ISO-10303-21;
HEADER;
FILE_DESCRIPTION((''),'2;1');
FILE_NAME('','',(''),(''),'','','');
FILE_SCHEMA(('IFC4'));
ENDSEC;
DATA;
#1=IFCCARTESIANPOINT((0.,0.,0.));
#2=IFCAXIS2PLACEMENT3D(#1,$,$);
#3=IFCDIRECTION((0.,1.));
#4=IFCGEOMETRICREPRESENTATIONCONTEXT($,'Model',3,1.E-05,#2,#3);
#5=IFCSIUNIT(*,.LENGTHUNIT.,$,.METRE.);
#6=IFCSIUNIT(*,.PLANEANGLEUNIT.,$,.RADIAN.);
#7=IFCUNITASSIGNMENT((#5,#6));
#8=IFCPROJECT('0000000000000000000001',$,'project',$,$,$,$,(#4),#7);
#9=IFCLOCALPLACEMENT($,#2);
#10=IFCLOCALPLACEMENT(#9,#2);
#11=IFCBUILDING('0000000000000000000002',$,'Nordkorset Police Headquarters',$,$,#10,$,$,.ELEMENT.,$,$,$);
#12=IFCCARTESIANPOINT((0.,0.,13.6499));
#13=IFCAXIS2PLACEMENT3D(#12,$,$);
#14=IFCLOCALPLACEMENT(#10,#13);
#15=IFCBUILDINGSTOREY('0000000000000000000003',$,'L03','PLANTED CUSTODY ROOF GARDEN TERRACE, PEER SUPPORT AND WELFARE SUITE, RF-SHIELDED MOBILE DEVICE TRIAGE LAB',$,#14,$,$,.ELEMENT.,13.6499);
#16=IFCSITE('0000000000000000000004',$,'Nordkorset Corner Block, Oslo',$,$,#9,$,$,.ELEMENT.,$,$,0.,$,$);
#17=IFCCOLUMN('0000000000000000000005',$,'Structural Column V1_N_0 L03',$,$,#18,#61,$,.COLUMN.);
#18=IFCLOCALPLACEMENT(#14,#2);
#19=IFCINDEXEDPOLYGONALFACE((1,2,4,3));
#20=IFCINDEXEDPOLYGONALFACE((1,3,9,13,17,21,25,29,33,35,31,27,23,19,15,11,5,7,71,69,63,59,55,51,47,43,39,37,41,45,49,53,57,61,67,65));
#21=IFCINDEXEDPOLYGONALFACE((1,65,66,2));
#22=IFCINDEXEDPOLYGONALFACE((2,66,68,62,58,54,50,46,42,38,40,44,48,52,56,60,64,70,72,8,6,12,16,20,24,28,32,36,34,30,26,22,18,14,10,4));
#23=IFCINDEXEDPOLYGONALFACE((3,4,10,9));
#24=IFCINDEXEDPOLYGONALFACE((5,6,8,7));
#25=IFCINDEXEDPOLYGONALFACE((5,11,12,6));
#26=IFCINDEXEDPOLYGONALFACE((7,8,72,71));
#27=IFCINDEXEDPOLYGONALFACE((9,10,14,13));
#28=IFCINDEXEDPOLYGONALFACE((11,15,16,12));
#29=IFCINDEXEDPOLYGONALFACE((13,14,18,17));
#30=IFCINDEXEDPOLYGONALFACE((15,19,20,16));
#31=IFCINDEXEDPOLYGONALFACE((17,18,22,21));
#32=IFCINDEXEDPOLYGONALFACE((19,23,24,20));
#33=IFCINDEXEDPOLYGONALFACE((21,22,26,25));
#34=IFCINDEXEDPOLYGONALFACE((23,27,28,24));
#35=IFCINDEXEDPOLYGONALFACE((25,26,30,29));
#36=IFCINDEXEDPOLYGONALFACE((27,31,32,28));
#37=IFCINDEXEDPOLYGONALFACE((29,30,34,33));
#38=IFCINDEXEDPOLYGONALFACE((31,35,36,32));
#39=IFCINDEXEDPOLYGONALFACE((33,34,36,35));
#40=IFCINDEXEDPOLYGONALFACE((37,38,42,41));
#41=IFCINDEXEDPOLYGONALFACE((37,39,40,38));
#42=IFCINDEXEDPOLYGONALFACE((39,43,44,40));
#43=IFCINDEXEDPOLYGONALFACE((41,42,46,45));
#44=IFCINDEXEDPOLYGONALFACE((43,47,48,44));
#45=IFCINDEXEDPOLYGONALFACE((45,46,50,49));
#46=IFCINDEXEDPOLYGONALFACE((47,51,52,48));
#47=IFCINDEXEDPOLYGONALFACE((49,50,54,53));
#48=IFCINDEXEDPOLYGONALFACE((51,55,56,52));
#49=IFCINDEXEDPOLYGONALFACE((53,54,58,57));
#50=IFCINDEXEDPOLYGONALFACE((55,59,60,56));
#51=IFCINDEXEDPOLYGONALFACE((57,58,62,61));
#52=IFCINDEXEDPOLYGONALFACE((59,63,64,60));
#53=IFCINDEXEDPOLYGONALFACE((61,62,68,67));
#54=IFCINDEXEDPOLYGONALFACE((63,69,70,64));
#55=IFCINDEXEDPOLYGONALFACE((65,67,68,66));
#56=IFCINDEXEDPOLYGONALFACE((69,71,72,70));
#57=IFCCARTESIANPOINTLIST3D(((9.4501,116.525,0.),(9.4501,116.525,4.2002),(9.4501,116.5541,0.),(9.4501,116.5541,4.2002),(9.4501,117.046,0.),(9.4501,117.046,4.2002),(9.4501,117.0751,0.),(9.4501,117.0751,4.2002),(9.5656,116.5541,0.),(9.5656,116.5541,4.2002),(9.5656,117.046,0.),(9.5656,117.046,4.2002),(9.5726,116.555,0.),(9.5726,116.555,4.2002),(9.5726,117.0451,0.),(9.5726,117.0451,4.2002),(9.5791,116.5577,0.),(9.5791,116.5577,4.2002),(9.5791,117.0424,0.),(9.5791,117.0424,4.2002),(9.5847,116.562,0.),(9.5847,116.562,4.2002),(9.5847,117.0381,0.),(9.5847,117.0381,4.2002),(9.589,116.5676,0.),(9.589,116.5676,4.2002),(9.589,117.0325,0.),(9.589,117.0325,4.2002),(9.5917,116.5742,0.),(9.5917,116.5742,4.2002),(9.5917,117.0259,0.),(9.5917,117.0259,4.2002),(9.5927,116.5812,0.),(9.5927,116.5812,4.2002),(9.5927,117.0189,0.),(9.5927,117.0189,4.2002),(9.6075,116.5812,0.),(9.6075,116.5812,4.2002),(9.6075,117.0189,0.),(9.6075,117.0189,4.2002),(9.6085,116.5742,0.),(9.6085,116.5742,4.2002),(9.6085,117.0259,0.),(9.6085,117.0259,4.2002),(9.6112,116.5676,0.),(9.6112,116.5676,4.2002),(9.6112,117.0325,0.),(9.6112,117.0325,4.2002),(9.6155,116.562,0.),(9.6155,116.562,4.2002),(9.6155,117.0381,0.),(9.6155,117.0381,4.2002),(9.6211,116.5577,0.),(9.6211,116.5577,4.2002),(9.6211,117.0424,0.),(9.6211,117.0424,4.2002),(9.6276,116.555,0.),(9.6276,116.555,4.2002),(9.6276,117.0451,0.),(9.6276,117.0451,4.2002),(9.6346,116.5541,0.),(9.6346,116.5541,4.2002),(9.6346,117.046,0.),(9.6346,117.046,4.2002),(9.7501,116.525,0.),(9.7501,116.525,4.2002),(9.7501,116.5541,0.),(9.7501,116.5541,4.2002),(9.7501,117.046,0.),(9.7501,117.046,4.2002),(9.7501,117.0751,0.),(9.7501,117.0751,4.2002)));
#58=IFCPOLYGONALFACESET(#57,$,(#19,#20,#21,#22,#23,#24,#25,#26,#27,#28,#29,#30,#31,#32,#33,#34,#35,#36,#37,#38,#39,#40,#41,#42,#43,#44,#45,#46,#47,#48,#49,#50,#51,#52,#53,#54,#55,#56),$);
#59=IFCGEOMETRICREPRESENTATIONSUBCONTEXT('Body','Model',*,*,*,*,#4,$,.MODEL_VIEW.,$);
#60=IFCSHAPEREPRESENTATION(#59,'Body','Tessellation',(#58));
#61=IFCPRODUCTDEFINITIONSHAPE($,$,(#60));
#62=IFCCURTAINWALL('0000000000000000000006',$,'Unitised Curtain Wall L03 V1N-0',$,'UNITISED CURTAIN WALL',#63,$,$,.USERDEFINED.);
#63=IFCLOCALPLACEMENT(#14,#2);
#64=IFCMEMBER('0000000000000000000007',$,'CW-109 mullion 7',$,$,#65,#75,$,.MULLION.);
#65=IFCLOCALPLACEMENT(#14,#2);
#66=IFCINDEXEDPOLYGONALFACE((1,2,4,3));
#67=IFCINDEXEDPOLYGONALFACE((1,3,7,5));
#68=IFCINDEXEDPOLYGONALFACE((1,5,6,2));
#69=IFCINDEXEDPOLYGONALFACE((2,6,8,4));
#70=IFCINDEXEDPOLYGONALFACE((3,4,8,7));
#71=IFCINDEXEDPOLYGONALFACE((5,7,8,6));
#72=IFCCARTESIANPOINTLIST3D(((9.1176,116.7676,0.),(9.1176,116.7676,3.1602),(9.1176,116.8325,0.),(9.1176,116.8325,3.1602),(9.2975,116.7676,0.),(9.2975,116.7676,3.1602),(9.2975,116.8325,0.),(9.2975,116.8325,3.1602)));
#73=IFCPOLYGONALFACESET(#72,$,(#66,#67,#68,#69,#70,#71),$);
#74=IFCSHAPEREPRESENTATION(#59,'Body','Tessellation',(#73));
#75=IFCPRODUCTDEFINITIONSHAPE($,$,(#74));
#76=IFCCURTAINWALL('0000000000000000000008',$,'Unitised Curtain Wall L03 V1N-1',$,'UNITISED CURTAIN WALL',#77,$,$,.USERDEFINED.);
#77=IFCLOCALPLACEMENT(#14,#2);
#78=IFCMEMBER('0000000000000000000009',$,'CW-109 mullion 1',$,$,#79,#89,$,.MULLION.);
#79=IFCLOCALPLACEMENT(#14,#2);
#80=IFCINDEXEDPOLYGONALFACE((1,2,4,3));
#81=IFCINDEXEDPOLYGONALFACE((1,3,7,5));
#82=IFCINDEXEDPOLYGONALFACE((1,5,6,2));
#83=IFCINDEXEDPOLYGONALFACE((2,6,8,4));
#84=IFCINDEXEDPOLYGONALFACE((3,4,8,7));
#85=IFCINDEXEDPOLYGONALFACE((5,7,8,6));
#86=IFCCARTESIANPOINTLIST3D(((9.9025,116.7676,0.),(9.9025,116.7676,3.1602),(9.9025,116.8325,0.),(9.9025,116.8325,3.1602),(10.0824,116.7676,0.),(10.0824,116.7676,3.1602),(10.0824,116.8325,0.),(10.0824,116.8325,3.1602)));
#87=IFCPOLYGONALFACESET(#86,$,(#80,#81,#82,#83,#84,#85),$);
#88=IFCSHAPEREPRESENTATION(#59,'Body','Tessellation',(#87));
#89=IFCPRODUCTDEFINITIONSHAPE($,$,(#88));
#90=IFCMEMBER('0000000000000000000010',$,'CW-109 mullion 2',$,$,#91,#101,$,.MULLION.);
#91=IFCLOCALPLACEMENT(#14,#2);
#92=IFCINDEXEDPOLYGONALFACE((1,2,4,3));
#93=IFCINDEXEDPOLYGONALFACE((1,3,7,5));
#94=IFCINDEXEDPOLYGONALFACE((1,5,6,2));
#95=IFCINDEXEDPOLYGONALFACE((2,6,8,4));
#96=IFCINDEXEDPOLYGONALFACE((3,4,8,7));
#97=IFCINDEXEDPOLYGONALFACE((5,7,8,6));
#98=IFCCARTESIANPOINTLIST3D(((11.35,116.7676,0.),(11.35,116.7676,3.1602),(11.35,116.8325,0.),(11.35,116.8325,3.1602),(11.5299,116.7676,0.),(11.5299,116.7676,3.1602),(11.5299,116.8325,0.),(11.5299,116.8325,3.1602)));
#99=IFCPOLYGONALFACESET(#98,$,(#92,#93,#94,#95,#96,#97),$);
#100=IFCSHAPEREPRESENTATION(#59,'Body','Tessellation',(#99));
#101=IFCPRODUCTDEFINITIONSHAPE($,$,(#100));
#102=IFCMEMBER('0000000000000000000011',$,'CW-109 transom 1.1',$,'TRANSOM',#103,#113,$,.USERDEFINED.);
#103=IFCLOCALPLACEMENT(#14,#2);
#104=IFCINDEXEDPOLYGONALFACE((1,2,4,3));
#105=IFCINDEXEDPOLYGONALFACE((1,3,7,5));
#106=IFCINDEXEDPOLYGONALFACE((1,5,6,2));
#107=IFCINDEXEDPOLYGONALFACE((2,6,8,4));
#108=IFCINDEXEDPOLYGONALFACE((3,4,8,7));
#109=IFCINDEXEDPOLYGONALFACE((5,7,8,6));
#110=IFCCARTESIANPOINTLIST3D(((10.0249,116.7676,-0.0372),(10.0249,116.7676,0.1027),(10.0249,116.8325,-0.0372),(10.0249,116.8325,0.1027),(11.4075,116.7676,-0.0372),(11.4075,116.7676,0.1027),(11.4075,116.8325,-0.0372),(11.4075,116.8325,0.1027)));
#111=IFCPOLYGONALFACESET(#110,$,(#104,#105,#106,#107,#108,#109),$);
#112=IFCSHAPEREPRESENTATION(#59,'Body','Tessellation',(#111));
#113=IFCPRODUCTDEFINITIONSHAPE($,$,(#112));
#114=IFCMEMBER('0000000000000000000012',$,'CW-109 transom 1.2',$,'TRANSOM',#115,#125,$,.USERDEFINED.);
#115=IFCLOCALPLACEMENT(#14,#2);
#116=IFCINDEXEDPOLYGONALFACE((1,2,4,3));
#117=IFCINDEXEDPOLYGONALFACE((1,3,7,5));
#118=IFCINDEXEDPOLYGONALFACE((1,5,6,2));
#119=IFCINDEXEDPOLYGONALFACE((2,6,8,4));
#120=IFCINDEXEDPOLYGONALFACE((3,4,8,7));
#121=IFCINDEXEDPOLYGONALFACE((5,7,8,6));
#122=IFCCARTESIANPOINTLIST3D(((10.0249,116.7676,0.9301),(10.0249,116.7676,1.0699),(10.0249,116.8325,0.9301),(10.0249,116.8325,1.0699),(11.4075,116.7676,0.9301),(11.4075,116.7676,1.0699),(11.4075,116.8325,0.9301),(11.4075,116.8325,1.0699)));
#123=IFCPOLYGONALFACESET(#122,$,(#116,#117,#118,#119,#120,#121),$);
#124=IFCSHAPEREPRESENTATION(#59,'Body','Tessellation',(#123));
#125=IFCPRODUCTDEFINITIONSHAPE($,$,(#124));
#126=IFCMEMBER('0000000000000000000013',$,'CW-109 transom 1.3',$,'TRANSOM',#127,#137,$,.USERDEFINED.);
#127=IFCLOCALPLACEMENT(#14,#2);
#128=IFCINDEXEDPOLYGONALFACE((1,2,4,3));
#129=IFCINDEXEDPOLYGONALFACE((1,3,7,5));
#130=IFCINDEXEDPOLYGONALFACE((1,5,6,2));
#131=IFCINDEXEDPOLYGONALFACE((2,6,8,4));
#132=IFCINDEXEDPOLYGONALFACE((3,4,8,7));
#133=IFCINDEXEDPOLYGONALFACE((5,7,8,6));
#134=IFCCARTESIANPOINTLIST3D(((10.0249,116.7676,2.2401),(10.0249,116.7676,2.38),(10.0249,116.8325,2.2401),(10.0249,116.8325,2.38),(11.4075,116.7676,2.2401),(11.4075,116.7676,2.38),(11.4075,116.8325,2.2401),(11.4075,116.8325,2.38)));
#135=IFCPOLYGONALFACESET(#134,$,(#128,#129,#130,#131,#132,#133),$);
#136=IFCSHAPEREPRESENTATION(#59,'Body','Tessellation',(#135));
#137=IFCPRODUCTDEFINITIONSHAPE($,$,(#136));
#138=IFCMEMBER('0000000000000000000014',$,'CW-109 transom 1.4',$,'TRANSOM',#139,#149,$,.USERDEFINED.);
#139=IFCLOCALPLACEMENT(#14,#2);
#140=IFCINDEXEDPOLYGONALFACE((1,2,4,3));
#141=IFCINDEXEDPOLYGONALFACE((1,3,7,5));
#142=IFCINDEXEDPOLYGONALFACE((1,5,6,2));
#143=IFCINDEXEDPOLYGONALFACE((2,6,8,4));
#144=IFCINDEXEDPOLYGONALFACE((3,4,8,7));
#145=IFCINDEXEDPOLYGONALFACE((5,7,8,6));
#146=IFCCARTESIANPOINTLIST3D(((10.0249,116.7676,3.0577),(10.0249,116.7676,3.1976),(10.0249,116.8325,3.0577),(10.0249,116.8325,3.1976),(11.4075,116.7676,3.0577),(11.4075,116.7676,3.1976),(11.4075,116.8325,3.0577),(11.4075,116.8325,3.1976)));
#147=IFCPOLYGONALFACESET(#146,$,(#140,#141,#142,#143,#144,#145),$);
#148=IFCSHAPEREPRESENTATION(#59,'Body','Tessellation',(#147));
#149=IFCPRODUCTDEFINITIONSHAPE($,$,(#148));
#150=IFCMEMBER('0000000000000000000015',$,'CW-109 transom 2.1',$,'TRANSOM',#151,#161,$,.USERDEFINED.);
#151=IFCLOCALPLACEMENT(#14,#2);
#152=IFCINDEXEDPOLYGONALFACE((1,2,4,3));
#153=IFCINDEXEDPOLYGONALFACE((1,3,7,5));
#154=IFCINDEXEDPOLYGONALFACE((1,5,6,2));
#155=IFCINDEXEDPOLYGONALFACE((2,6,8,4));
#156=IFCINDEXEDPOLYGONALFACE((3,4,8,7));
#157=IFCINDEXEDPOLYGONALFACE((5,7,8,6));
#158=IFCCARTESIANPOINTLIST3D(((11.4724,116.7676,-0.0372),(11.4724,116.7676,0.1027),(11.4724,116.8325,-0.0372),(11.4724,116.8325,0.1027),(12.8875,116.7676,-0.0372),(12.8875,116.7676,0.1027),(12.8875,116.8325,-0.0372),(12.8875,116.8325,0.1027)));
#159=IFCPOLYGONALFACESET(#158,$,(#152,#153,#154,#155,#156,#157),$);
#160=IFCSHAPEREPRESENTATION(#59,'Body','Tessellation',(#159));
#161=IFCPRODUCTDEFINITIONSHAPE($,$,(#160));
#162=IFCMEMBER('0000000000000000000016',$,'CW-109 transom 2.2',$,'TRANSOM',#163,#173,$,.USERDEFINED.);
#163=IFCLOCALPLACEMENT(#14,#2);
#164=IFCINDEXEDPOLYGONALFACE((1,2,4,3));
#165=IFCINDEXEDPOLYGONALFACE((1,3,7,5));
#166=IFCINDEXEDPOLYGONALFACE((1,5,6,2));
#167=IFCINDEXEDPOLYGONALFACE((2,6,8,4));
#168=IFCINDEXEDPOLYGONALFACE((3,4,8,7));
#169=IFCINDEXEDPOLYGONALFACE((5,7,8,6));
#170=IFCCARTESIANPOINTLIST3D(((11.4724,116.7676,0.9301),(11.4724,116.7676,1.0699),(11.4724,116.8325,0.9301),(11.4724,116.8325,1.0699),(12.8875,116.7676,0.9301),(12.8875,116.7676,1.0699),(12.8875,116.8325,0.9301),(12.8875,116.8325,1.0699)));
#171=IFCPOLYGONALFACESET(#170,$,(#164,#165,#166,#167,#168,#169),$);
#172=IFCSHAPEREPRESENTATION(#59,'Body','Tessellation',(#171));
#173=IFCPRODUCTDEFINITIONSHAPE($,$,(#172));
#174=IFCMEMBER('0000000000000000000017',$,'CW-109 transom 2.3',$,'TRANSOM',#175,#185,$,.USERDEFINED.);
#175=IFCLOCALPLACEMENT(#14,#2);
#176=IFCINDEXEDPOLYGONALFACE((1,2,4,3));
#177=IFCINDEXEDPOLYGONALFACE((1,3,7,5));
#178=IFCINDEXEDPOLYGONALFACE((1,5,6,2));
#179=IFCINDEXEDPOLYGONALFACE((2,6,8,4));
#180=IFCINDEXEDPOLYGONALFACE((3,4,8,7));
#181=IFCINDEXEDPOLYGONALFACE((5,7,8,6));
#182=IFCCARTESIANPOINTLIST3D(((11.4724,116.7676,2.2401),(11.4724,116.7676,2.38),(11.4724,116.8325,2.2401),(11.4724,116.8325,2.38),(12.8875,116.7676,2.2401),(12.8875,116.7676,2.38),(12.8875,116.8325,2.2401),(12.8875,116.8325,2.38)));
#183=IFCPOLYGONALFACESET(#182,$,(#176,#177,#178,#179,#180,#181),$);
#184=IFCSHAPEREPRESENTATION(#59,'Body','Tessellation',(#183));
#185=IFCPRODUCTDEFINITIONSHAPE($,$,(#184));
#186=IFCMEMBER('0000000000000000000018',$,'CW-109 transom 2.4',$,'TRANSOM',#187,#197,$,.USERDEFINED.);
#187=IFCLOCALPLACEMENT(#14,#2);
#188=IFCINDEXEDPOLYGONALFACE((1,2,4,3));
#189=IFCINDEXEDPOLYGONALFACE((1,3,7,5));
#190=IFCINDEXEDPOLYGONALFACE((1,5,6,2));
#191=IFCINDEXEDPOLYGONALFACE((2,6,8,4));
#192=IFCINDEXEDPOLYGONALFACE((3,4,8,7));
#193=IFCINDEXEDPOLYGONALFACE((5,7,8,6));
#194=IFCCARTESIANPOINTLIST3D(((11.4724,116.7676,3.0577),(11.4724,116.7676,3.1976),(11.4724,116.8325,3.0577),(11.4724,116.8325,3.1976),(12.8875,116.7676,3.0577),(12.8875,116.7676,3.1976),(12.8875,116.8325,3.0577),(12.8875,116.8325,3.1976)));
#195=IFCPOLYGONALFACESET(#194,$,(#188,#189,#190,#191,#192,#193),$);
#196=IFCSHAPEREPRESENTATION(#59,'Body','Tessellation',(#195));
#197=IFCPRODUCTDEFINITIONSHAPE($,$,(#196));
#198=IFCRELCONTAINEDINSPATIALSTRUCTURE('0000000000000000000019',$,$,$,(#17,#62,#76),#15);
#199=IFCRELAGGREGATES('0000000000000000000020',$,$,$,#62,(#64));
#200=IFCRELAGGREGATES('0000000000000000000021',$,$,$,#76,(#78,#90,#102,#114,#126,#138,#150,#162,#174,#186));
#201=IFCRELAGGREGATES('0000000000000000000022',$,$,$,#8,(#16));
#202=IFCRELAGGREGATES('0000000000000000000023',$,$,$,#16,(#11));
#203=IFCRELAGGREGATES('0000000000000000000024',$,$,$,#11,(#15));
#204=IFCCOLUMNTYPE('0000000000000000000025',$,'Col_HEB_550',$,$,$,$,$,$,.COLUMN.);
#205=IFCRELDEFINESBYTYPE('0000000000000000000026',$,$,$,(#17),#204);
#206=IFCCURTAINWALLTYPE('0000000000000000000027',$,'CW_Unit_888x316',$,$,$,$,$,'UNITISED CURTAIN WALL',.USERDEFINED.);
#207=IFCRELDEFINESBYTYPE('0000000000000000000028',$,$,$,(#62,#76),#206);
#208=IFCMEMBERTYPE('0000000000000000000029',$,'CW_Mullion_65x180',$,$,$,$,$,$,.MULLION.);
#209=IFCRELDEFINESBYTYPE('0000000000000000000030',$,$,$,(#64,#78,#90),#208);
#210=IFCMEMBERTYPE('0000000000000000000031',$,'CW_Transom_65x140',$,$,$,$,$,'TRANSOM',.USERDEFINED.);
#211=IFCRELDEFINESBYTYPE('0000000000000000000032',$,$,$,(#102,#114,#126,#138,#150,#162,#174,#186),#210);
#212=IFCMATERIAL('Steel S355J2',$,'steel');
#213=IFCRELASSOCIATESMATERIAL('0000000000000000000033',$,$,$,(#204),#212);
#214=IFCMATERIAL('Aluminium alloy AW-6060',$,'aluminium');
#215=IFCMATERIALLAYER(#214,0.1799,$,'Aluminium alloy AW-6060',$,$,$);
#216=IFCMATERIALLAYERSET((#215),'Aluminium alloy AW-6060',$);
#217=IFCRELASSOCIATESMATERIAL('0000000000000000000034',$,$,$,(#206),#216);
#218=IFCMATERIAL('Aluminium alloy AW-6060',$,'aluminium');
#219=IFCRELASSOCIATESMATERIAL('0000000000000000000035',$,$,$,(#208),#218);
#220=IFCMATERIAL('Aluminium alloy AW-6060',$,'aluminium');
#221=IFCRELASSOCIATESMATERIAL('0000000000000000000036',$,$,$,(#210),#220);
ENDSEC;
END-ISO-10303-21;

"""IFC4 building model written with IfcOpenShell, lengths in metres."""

from ifc_helpers import new_model, si_unit, direction, frame, origin, origin_2d, place, context, subcontext, project, spatial, rectangle, i_section, extrude, material, layer, layer_set, material_profile, profile_set, type_object, element, aggregate, save


model = new_model("IFC4")

# Units and contexts
model_context = context("Model", 3, precision=1e-05, world=origin(), true_north=direction((0.0, 1.0)))
body_context = subcontext(model_context, "Body", "Model", "MODEL_VIEW")
ifc_project = project(units=[si_unit("LENGTHUNIT", "METRE"), si_unit("PLANEANGLEUNIT", "RADIAN")], contexts=[model_context])

# Site, building, storey
site_placement = place(None, origin())
site = spatial("IfcSite", under=ifc_project, at=site_placement, Name="Nordkorset Corner Block, Oslo", CompositionType="ELEMENT", RefElevation=0.0)
building_placement = place(site_placement, origin())
building = spatial("IfcBuilding", under=site, at=building_placement, Name="Nordkorset Police Headquarters", CompositionType="ELEMENT")
storey_placement = place(building_placement, frame((0.0, 0.0, 13.6499)))
storey = spatial("IfcBuildingStorey", under=building, at=storey_placement, Name="L03", Description="PLANTED CUSTODY ROOF GARDEN TERRACE, PEER SUPPORT AND WELFARE SUITE, RF-SHIELDED MOBILE DEVICE TRIAGE LAB", CompositionType="ELEMENT", Elevation=13.6499)

# Column
ifc_material_1 = material(Name="Steel S355J2", Category="steel")
ifc_material_profile_1 = material_profile(ifc_material_1, i_section(OverallWidth=0.3, OverallDepth=0.55, WebThickness=0.0149, FlangeThickness=0.0291, FilletRadius=0.0271, at=origin_2d()), Name="HEB 550")
ifc_profile_set_1 = profile_set([ifc_material_profile_1], Name="Steel S355J2")
column_type = type_object("IfcColumnType", Name="Col_HEB_550", PredefinedType="COLUMN", material=ifc_profile_set_1)
column_placement = place(storey_placement, frame((9.6001, 116.8, 0.0), z_axis=(0.0, 0.0, 1.0), x_axis=(1.0, 0.0, 0.0)))
element("IfcColumn", 1, at=column_placement, inside=storey, type_object=column_type, Name="Structural Column V1_N_0 L03", PredefinedType="COLUMN", context=body_context, shape_type="SweptSolid", body=[
    extrude(i_section(OverallWidth=0.3, OverallDepth=0.55, WebThickness=0.0149, FlangeThickness=0.0291, FilletRadius=0.0271, at=origin_2d()), origin(), (0.0, 0.0, 1.0), 4.2002),
])

# Curtain wall, member
ifc_material_2 = material(Name="Aluminium alloy AW-6060", Category="aluminium")
ifc_layer_1 = layer(ifc_material_2, 0.1799, Name="Aluminium alloy AW-6060")
ifc_layer_set_1 = layer_set([ifc_layer_1], Name="Aluminium alloy AW-6060")
curtain_wall_type = type_object("IfcCurtainWallType", Name="CW_Unit_888x316", ElementType="UNITISED CURTAIN WALL", PredefinedType="USERDEFINED", material=ifc_layer_set_1)
curtain_wall_1_placement = place(storey_placement, origin())
curtain_wall_1 = element("IfcCurtainWall", 2, at=curtain_wall_1_placement, inside=storey, type_object=curtain_wall_type, Name="Unitised Curtain Wall L03 V1N-0", ObjectType="UNITISED CURTAIN WALL", PredefinedType="USERDEFINED")
ifc_material_3 = material(Name="Aluminium alloy AW-6060", Category="aluminium")
ifc_material_profile_2 = material_profile(ifc_material_3, rectangle(XDim=0.0649, YDim=0.1799, at=origin_2d()), Name="ALU MULL 65x180")
ifc_profile_set_2 = profile_set([ifc_material_profile_2], Name="Aluminium alloy AW-6060")
member_type_1 = type_object("IfcMemberType", Name="CW_Mullion_65x180", PredefinedType="MULLION", material=ifc_profile_set_2)
member_1_placement = place(storey_placement, frame((9.2075, 116.8, 0.0), z_axis=(0.0, 0.0, 1.0), x_axis=(0.0, 1.0, 0.0)))
member_1 = element("IfcMember", 3, at=member_1_placement, type_object=member_type_1, Name="CW-109 mullion 7", PredefinedType="MULLION", context=body_context, shape_type="SweptSolid", body=[
    extrude(rectangle(XDim=0.0649, YDim=0.1799, at=origin_2d()), origin(), (0.0, 0.0, 1.0), 3.1602),
])

# Curtain wall, members
curtain_wall_2_placement = place(storey_placement, origin())
curtain_wall_2 = element("IfcCurtainWall", 4, at=curtain_wall_2_placement, inside=storey, type_object=curtain_wall_type, Name="Unitised Curtain Wall L03 V1N-1", ObjectType="UNITISED CURTAIN WALL", PredefinedType="USERDEFINED")
member_2_placement = place(storey_placement, frame((9.9924, 116.8, 0.0), z_axis=(0.0, 0.0, 1.0), x_axis=(0.0, 1.0, 0.0)))
member_2 = element("IfcMember", 5, at=member_2_placement, type_object=member_type_1, Name="CW-109 mullion 1", PredefinedType="MULLION", context=body_context, shape_type="SweptSolid", body=[
    extrude(rectangle(XDim=0.0649, YDim=0.1799, at=origin_2d()), origin(), (0.0, 0.0, 1.0), 3.1602),
])
member_3_placement = place(storey_placement, frame((11.4399, 116.8, 0.0), z_axis=(0.0, 0.0, 1.0), x_axis=(0.0, 1.0, 0.0)))
member_3 = element("IfcMember", 6, at=member_3_placement, type_object=member_type_1, Name="CW-109 mullion 2", PredefinedType="MULLION", context=body_context, shape_type="SweptSolid", body=[
    extrude(rectangle(XDim=0.0649, YDim=0.1799, at=origin_2d()), origin(), (0.0, 0.0, 1.0), 3.1602),
])
ifc_material_4 = material(Name="Aluminium alloy AW-6060", Category="aluminium")
ifc_material_profile_3 = material_profile(ifc_material_4, rectangle(XDim=0.0649, YDim=0.1399, at=origin_2d()), Name="ALU TRAN 65x140")
ifc_profile_set_3 = profile_set([ifc_material_profile_3], Name="Aluminium alloy AW-6060")
member_type_2 = type_object("IfcMemberType", Name="CW_Transom_65x140", ElementType="TRANSOM", PredefinedType="USERDEFINED", material=ifc_profile_set_3)
member_4_placement = place(storey_placement, frame((10.0249, 116.8, 0.0327), z_axis=(1.0, 0.0, 0.0), x_axis=(0.0, 1.0, 0.0)))
member_4 = element("IfcMember", 7, at=member_4_placement, type_object=member_type_2, Name="CW-109 transom 1.1", ObjectType="TRANSOM", PredefinedType="USERDEFINED", context=body_context, shape_type="SweptSolid", body=[
    extrude(rectangle(XDim=0.0649, YDim=0.1399, at=origin_2d()), origin(), (0.0, 0.0, 1.0), 1.3826),
])
member_5_placement = place(storey_placement, frame((10.0249, 116.8, 1.0), z_axis=(1.0, 0.0, 0.0), x_axis=(0.0, 1.0, 0.0)))
member_5 = element("IfcMember", 8, at=member_5_placement, type_object=member_type_2, Name="CW-109 transom 1.2", ObjectType="TRANSOM", PredefinedType="USERDEFINED", context=body_context, shape_type="SweptSolid", body=[
    extrude(rectangle(XDim=0.0649, YDim=0.1399, at=origin_2d()), origin(), (0.0, 0.0, 1.0), 1.3826),
])
member_6_placement = place(storey_placement, frame((10.0249, 116.8, 2.3101), z_axis=(1.0, 0.0, 0.0), x_axis=(0.0, 1.0, 0.0)))
member_6 = element("IfcMember", 9, at=member_6_placement, type_object=member_type_2, Name="CW-109 transom 1.3", ObjectType="TRANSOM", PredefinedType="USERDEFINED", context=body_context, shape_type="SweptSolid", body=[
    extrude(rectangle(XDim=0.0649, YDim=0.1399, at=origin_2d()), origin(), (0.0, 0.0, 1.0), 1.3826),
])
member_7_placement = place(storey_placement, frame((10.0249, 116.8, 3.1277), z_axis=(1.0, 0.0, 0.0), x_axis=(0.0, 1.0, 0.0)))
member_7 = element("IfcMember", 10, at=member_7_placement, type_object=member_type_2, Name="CW-109 transom 1.4", ObjectType="TRANSOM", PredefinedType="USERDEFINED", context=body_context, shape_type="SweptSolid", body=[
    extrude(rectangle(XDim=0.0649, YDim=0.1399, at=origin_2d()), origin(), (0.0, 0.0, 1.0), 1.3826),
])
member_8_placement = place(storey_placement, frame((11.4724, 116.8, 0.0327), z_axis=(1.0, 0.0, 0.0), x_axis=(0.0, 1.0, 0.0)))
member_8 = element("IfcMember", 11, at=member_8_placement, type_object=member_type_2, Name="CW-109 transom 2.1", ObjectType="TRANSOM", PredefinedType="USERDEFINED", context=body_context, shape_type="SweptSolid", body=[
    extrude(rectangle(XDim=0.0649, YDim=0.1399, at=origin_2d()), origin(), (0.0, 0.0, 1.0), 1.415),
])
member_9_placement = place(storey_placement, frame((11.4724, 116.8, 1.0), z_axis=(1.0, 0.0, 0.0), x_axis=(0.0, 1.0, 0.0)))
member_9 = element("IfcMember", 12, at=member_9_placement, type_object=member_type_2, Name="CW-109 transom 2.2", ObjectType="TRANSOM", PredefinedType="USERDEFINED", context=body_context, shape_type="SweptSolid", body=[
    extrude(rectangle(XDim=0.0649, YDim=0.1399, at=origin_2d()), origin(), (0.0, 0.0, 1.0), 1.415),
])
member_10_placement = place(storey_placement, frame((11.4724, 116.8, 2.3101), z_axis=(1.0, 0.0, 0.0), x_axis=(0.0, 1.0, 0.0)))
member_10 = element("IfcMember", 13, at=member_10_placement, type_object=member_type_2, Name="CW-109 transom 2.3", ObjectType="TRANSOM", PredefinedType="USERDEFINED", context=body_context, shape_type="SweptSolid", body=[
    extrude(rectangle(XDim=0.0649, YDim=0.1399, at=origin_2d()), origin(), (0.0, 0.0, 1.0), 1.415),
])
member_11_placement = place(storey_placement, frame((11.4724, 116.8, 3.1277), z_axis=(1.0, 0.0, 0.0), x_axis=(0.0, 1.0, 0.0)))
member_11 = element("IfcMember", 14, at=member_11_placement, type_object=member_type_2, Name="CW-109 transom 2.4", ObjectType="TRANSOM", PredefinedType="USERDEFINED", context=body_context, shape_type="SweptSolid", body=[
    extrude(rectangle(XDim=0.0649, YDim=0.1399, at=origin_2d()), origin(), (0.0, 0.0, 1.0), 1.415),
])

aggregate(curtain_wall_1, [member_1])
aggregate(curtain_wall_2, [member_2, member_3, member_4, member_5, member_6, member_7, member_8, member_9, member_10, member_11])

save(model, "model.ifc")
